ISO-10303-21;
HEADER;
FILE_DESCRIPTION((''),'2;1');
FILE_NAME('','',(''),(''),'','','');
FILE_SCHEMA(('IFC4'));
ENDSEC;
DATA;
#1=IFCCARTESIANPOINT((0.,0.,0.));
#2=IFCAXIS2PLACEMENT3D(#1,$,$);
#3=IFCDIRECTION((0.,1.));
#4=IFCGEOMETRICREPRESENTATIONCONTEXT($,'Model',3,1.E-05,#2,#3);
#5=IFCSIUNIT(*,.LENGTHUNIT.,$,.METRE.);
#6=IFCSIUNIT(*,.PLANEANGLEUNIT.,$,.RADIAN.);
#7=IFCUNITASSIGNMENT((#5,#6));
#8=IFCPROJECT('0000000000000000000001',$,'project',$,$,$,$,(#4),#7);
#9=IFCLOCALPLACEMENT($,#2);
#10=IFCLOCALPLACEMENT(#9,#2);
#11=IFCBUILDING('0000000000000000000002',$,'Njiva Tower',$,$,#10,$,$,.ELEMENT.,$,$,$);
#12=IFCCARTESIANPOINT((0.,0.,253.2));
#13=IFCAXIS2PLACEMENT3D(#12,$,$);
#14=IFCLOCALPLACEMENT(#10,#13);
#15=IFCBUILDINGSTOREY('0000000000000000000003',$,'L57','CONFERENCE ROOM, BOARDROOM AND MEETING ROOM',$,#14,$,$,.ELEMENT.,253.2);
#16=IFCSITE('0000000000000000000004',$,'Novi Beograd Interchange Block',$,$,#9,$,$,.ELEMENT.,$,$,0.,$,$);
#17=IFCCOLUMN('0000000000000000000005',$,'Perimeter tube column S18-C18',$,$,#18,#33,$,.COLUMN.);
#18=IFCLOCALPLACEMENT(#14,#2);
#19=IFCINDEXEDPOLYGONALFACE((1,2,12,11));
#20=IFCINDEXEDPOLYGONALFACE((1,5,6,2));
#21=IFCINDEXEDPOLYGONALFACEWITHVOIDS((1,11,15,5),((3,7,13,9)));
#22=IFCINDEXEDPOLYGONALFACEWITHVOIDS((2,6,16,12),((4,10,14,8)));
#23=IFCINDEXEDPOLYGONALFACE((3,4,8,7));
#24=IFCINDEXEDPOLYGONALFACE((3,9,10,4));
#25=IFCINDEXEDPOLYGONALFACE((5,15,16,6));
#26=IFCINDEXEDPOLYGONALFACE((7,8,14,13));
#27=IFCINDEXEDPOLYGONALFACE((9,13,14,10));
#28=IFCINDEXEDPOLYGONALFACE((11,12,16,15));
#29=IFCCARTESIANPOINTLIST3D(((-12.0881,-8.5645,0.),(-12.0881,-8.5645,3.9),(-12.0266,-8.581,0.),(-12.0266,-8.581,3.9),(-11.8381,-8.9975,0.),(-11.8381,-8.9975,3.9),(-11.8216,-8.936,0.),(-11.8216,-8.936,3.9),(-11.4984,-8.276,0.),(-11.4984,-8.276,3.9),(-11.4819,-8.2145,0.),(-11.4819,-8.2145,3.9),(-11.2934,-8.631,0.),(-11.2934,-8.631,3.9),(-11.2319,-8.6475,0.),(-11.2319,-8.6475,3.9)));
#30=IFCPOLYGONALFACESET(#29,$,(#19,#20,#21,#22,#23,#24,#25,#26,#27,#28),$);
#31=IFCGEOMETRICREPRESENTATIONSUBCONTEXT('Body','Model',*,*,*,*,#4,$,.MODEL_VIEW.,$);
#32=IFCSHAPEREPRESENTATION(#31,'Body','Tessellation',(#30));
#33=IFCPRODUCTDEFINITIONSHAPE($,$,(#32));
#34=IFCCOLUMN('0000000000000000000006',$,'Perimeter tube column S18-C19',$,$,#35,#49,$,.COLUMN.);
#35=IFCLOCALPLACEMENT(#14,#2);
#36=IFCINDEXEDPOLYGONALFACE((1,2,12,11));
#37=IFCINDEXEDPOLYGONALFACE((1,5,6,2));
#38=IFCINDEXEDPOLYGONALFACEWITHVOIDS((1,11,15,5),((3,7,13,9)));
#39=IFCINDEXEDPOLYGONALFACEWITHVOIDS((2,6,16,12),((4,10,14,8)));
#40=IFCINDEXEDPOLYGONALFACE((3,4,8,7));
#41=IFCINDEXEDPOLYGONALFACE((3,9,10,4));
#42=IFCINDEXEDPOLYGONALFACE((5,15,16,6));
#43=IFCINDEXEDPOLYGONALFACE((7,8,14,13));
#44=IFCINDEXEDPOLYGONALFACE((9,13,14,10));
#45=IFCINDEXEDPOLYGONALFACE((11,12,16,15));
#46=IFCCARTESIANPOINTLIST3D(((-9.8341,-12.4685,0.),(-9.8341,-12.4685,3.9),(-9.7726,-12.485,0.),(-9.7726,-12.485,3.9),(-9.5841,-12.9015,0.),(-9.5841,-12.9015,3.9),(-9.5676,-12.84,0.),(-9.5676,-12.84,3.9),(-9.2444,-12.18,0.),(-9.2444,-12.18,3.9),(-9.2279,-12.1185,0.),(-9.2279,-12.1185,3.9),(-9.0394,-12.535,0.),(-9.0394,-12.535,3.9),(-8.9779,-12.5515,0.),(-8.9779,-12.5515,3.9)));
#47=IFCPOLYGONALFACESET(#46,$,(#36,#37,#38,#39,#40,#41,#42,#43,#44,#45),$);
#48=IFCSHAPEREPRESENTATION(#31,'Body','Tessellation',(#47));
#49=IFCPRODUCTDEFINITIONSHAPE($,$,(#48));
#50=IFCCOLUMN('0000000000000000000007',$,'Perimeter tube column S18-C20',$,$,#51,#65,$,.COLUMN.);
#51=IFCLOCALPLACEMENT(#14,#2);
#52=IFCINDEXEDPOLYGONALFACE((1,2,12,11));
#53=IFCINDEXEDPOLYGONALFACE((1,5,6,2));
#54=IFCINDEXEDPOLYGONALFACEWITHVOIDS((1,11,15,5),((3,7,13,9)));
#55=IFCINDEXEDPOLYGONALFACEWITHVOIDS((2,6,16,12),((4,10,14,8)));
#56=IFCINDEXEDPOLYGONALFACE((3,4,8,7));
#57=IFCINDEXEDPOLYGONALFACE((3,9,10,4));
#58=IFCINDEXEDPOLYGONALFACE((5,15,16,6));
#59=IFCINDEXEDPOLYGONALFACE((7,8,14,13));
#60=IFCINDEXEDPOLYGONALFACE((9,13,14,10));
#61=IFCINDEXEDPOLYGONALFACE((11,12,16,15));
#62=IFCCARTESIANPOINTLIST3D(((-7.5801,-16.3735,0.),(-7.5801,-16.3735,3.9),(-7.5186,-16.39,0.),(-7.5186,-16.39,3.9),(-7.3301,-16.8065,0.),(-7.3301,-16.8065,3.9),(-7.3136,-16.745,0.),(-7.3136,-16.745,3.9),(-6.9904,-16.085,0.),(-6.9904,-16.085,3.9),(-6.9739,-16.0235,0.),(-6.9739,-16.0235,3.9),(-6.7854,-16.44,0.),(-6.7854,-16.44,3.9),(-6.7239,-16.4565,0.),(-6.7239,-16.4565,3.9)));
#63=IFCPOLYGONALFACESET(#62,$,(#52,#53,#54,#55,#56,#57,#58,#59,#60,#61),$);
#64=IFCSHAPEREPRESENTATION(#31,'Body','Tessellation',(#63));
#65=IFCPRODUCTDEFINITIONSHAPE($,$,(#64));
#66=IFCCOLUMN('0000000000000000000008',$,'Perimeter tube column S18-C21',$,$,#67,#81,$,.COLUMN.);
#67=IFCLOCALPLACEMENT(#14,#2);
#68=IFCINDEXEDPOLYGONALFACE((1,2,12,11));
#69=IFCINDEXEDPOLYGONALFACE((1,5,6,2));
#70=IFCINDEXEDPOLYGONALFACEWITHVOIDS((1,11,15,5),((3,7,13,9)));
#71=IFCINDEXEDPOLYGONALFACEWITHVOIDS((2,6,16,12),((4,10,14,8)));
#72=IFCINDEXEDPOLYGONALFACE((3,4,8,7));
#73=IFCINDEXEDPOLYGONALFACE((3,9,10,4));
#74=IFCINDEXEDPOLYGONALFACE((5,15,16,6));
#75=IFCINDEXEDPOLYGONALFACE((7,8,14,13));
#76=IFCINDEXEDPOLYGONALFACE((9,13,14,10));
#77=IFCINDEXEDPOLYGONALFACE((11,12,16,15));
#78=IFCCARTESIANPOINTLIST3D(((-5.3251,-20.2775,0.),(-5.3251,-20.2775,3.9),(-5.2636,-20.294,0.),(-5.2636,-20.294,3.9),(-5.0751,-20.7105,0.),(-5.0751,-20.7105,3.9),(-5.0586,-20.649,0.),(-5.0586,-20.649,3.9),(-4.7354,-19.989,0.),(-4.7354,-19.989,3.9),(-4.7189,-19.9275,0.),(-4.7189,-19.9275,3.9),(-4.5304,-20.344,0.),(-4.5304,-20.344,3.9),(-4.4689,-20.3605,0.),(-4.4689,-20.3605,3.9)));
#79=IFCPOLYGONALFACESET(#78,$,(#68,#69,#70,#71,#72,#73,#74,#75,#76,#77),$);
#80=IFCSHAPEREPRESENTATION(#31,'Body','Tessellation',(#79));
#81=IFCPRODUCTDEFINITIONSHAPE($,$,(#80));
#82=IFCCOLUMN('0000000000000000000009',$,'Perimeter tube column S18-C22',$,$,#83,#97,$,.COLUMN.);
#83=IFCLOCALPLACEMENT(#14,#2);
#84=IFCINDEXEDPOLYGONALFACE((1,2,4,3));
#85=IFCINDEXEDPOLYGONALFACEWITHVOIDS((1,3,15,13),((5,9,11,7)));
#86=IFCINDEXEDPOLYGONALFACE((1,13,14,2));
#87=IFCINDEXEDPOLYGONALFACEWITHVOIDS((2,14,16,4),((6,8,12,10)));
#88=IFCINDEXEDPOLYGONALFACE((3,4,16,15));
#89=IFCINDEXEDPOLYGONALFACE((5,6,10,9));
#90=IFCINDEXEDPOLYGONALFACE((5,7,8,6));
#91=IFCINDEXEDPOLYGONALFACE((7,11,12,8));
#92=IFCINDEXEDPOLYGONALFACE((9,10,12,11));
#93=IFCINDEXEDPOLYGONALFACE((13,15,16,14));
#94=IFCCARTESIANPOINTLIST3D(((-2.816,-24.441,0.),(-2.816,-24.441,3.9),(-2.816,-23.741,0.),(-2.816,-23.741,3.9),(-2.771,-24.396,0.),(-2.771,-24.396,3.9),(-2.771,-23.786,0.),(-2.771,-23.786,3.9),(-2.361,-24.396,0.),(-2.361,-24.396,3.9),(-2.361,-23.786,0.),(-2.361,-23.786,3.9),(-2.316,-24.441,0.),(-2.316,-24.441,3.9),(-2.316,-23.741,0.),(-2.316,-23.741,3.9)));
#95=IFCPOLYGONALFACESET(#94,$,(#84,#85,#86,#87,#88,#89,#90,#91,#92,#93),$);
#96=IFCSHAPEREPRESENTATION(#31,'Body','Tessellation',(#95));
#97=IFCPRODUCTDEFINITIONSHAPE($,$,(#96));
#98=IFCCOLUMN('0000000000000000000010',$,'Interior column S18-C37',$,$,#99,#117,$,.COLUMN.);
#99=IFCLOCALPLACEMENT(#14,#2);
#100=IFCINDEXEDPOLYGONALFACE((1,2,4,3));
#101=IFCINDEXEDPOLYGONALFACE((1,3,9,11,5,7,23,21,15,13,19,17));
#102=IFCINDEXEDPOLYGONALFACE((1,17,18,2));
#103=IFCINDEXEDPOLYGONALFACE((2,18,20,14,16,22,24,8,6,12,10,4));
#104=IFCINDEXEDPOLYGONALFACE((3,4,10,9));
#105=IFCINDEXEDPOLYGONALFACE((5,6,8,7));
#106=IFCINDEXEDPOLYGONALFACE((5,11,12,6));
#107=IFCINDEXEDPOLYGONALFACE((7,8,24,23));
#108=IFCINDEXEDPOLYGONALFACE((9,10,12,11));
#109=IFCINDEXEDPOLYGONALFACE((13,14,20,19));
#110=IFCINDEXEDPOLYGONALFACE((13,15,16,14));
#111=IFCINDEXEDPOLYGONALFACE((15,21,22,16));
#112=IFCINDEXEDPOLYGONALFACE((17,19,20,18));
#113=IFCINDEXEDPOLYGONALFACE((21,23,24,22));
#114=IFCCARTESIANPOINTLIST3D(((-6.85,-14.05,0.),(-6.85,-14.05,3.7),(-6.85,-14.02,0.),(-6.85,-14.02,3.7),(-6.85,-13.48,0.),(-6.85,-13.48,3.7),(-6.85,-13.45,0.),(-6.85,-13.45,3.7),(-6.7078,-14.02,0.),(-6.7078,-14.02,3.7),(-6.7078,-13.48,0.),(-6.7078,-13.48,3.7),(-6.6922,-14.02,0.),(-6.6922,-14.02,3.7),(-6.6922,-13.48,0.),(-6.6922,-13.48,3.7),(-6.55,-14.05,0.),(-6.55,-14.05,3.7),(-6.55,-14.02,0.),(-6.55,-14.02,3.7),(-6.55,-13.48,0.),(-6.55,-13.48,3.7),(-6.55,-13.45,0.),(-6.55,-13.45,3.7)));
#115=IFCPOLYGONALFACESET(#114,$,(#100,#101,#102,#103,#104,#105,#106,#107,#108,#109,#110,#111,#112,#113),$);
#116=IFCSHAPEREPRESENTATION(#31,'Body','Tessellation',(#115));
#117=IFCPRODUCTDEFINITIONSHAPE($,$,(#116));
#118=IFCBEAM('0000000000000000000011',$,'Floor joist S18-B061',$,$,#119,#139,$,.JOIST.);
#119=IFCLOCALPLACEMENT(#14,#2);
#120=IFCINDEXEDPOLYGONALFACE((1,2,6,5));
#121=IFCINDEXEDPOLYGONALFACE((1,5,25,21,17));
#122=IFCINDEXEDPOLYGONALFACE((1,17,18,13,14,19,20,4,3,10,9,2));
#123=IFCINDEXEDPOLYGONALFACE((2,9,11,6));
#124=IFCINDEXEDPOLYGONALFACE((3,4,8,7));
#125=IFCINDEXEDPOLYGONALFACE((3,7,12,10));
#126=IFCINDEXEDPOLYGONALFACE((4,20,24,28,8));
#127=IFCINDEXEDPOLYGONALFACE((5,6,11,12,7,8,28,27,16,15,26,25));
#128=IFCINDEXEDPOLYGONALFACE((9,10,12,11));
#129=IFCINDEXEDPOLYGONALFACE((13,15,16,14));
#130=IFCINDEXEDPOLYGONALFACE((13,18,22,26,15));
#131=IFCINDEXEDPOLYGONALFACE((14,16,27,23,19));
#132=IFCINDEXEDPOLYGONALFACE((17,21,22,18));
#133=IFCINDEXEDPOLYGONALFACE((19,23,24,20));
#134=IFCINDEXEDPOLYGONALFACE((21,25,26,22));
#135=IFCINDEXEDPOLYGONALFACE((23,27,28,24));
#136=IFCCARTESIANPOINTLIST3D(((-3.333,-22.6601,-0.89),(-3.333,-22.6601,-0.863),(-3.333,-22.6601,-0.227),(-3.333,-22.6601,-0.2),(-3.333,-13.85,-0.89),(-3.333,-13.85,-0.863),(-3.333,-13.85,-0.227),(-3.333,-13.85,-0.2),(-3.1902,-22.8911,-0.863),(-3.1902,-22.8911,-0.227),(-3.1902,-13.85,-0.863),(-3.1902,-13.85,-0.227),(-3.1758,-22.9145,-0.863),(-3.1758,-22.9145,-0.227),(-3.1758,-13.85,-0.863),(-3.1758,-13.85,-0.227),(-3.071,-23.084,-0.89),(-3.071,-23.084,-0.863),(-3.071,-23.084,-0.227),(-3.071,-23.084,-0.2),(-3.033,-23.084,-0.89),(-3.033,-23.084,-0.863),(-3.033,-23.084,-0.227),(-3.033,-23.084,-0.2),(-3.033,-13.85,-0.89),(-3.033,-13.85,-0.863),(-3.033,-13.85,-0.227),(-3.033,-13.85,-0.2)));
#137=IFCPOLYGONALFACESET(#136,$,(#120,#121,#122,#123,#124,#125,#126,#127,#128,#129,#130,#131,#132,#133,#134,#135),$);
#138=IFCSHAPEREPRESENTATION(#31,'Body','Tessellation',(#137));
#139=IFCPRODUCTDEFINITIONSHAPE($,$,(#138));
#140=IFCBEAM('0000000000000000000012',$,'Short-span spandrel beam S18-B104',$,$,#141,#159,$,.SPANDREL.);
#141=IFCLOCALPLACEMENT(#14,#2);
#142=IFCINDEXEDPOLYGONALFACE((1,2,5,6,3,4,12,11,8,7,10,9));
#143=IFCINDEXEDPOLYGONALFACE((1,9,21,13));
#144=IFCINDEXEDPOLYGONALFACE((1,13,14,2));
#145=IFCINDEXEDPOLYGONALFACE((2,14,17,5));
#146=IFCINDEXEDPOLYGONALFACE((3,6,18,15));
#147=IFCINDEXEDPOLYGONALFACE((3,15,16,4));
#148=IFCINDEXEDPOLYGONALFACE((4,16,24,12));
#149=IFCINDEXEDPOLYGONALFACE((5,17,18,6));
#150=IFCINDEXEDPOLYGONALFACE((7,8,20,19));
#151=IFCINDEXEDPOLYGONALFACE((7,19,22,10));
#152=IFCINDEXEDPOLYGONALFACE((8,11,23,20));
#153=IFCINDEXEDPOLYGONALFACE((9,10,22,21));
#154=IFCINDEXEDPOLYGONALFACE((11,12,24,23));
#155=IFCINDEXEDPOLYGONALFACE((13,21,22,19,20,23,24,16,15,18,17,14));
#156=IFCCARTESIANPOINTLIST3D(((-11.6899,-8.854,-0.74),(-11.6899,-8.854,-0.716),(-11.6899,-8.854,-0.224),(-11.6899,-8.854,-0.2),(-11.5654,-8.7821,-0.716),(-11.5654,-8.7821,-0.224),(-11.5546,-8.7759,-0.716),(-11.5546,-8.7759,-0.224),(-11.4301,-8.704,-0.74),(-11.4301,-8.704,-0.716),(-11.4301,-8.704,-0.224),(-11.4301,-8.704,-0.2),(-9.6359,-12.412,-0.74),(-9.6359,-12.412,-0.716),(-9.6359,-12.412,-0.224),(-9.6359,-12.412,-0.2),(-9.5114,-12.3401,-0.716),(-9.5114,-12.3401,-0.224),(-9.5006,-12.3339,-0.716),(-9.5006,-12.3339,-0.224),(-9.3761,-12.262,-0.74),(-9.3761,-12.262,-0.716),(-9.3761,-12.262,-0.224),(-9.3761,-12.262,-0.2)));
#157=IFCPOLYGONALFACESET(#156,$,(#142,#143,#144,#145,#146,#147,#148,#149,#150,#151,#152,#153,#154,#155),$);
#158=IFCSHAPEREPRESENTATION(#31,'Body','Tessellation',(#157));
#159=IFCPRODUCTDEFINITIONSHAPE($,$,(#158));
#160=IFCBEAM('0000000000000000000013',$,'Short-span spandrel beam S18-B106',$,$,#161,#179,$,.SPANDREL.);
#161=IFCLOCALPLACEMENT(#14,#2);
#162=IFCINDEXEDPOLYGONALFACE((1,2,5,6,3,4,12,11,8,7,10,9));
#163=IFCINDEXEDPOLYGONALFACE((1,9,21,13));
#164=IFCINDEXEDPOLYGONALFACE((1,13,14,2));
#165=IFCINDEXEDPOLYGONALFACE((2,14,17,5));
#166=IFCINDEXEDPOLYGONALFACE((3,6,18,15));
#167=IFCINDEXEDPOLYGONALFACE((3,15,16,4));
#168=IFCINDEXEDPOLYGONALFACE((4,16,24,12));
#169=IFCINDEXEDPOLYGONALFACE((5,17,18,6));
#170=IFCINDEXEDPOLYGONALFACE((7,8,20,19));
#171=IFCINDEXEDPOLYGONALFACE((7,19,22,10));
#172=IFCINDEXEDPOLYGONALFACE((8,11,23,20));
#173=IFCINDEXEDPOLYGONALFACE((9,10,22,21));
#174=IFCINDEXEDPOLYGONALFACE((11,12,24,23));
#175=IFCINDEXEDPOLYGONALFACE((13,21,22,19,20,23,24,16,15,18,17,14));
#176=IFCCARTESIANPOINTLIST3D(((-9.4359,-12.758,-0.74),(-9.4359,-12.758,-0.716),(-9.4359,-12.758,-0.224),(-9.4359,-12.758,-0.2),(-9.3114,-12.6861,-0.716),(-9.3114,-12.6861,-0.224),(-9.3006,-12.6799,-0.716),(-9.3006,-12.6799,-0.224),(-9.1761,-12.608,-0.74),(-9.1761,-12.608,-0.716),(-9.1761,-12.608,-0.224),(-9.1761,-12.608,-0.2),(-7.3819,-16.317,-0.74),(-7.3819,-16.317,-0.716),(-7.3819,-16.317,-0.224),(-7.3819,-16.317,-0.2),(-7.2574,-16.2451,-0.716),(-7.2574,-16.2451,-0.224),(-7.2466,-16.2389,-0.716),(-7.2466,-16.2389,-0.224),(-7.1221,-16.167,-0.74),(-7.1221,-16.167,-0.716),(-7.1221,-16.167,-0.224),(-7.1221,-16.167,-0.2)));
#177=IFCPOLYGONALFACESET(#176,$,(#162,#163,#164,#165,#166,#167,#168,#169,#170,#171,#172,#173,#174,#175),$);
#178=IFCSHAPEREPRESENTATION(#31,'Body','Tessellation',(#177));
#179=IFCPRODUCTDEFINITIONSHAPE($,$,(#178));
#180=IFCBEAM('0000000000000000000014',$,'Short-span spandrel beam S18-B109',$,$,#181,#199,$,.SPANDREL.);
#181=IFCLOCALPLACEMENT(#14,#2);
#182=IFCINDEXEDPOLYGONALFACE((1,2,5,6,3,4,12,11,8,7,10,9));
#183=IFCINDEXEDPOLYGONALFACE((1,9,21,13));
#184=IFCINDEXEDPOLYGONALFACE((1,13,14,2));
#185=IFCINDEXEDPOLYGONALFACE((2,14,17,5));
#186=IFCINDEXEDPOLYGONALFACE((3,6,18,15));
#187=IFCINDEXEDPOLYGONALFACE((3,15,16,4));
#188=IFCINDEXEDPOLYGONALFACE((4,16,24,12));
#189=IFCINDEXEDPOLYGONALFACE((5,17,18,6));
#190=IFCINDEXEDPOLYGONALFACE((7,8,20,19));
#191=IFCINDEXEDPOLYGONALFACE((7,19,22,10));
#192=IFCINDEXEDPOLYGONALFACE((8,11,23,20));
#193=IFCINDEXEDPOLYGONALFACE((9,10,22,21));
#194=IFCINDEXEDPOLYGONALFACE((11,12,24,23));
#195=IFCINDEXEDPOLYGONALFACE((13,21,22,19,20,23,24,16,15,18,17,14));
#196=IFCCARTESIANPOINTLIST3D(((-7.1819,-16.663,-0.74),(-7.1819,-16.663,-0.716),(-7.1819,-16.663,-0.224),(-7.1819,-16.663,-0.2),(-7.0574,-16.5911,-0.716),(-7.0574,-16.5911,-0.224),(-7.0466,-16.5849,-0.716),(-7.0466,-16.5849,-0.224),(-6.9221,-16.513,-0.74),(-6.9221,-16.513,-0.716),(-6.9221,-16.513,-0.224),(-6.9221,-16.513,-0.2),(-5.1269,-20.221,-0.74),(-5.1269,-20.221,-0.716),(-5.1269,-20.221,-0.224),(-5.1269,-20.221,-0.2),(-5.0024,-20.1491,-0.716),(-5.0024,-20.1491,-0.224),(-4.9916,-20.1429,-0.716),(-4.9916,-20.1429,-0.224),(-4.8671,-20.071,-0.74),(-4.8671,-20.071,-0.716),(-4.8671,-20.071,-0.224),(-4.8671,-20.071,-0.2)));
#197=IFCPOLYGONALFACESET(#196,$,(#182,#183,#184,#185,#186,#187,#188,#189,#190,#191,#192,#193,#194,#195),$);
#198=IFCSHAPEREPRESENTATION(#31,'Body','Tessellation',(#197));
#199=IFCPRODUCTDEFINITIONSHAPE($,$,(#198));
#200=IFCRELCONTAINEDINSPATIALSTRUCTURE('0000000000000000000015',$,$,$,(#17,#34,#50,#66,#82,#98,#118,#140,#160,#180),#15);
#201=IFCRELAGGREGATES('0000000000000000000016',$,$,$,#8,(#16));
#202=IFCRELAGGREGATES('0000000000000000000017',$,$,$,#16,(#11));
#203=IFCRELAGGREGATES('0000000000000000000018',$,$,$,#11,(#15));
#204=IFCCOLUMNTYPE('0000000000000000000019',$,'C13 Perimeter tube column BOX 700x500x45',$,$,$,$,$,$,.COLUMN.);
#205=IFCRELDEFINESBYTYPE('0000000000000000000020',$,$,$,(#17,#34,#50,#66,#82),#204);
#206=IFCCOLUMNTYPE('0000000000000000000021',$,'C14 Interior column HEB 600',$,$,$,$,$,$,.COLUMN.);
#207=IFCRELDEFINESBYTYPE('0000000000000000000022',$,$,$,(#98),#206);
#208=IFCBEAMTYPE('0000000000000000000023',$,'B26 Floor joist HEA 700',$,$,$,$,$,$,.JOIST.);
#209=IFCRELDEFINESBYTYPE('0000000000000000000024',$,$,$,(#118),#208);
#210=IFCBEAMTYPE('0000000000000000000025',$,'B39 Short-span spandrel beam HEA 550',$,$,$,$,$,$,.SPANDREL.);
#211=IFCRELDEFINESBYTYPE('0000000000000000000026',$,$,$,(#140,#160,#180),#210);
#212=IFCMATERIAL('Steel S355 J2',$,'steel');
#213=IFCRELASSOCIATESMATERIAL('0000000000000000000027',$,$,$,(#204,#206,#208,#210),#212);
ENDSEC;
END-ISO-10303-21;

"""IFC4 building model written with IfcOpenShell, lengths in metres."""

from ifc_helpers import new_model, si_unit, direction, frame, origin, origin_2d, place, context, subcontext, project, spatial, hollow_rectangle, i_section, extrude, clip, halfspace, material, material_profile, profile_set, type_object, element, save


model = new_model("IFC4")

# Units and contexts
model_context = context("Model", 3, precision=1e-05, world=origin(), true_north=direction((0.0, 1.0)))
body_context = subcontext(model_context, "Body", "Model", "MODEL_VIEW")
ifc_project = project(units=[si_unit("LENGTHUNIT", "METRE"), si_unit("PLANEANGLEUNIT", "RADIAN")], contexts=[model_context])

# Site, building, storey
site_placement = place(None, origin())
site = spatial("IfcSite", under=ifc_project, at=site_placement, Name="Novi Beograd Interchange Block", CompositionType="ELEMENT", RefElevation=0.0)
building_placement = place(site_placement, origin())
building = spatial("IfcBuilding", under=site, at=building_placement, Name="Njiva Tower", CompositionType="ELEMENT")
storey_placement = place(building_placement, frame((0.0, 0.0, 253.2)))
storey = spatial("IfcBuildingStorey", under=building, at=storey_placement, Name="L57", Description="CONFERENCE ROOM, BOARDROOM AND MEETING ROOM", CompositionType="ELEMENT", Elevation=253.2)

# Columns
ifc_material_1 = material(Name="Steel S355 J2", Category="steel")
ifc_material_profile_1 = material_profile(ifc_material_1, hollow_rectangle(XDim=0.5, YDim=0.7, WallThickness=0.045, at=origin_2d()), Name="BOX 700x500x45")
ifc_profile_set_1 = profile_set([ifc_material_profile_1], Name="Steel S355 J2")
column_type_1 = type_object("IfcColumnType", Name="C13 Perimeter tube column BOX 700x500x45", PredefinedType="COLUMN", material=ifc_profile_set_1)
for number, where, z_axis, x_axis, name in (
    (1, (-11.66, -8.606, 0.0), (0.0, 0.0, 1.0), (0.5, -0.866025, 0.0), "Perimeter tube column S18-C18"),
    (2, (-9.406, -12.51, 0.0), (0.0, 0.0, 1.0), (0.5, -0.866025, 0.0), "Perimeter tube column S18-C19"),
    (3, (-7.152, -16.415, 0.0), (0.0, 0.0, 1.0), (0.5, -0.866025, 0.0), "Perimeter tube column S18-C20"),
    (4, (-4.897, -20.319, 0.0), (0.0, 0.0, 1.0), (0.5, -0.866025, 0.0), "Perimeter tube column S18-C21"),
    (5, (-2.566, -24.091, 0.0), (0.0, 0.0, 1.0), (1.0, 0.0, 0.0), "Perimeter tube column S18-C22"),
):
    element("IfcColumn", number, at=place(storey_placement, frame(where, z_axis=z_axis, x_axis=x_axis)), inside=storey, type_object=column_type_1, Name=name, PredefinedType="COLUMN", context=body_context, shape_type="SweptSolid", body=[
        extrude(hollow_rectangle(XDim=0.5, YDim=0.7, WallThickness=0.045, at=origin_2d()), origin(), (0.0, 0.0, 1.0), 3.9),
    ])
ifc_material_profile_2 = material_profile(ifc_material_1, i_section(OverallWidth=0.3, OverallDepth=0.6, WebThickness=0.0155, FlangeThickness=0.03, at=origin_2d()), Name="HEB 600")
ifc_profile_set_2 = profile_set([ifc_material_profile_2], Name="Steel S355 J2")
column_type_2 = type_object("IfcColumnType", Name="C14 Interior column HEB 600", PredefinedType="COLUMN", material=ifc_profile_set_2)
column_placement = place(storey_placement, frame((-6.7, -13.75, 0.0), z_axis=(0.0, 0.0, 1.0), x_axis=(1.0, 0.0, 0.0)))
element("IfcColumn", 6, at=column_placement, inside=storey, type_object=column_type_2, Name="Interior column S18-C37", PredefinedType="COLUMN", context=body_context, shape_type="SweptSolid", body=[
    extrude(i_section(OverallWidth=0.3, OverallDepth=0.6, WebThickness=0.0155, FlangeThickness=0.03, at=origin_2d()), origin(), (0.0, 0.0, 1.0), 3.7),
])

# Beams
ifc_material_profile_3 = material_profile(ifc_material_1, i_section(OverallWidth=0.3, OverallDepth=0.69, WebThickness=0.0145, FlangeThickness=0.027, at=origin_2d()), Name="HEA 700")
ifc_profile_set_3 = profile_set([ifc_material_profile_3], Name="Steel S355 J2")
beam_type_1 = type_object("IfcBeamType", Name="B26 Floor joist HEA 700", PredefinedType="JOIST", material=ifc_profile_set_3)
beam_1_placement = place(storey_placement, frame((-3.183, -13.85, -0.545), z_axis=(0.0, -1.0, 0.0), x_axis=(1.0, 0.0, 0.0)))
element("IfcBeam", 7, at=beam_1_placement, inside=storey, type_object=beam_type_1, Name="Floor joist S18-B061", PredefinedType="JOIST", context=body_context, shape_type="Clipping", body=[
    clip(extrude(i_section(OverallWidth=0.3, OverallDepth=0.69, WebThickness=0.0145, FlangeThickness=0.027, at=origin_2d()), origin(), (0.0, 0.0, 1.0), 9.234), halfspace(frame((-0.0429, 0.0, 8.9834), z_axis=(-0.850625, 0.0, 0.525773), x_axis=(0.0, 1.0, 0.0)), False)),
])
ifc_material_profile_4 = material_profile(ifc_material_1, i_section(OverallWidth=0.3, OverallDepth=0.54, WebThickness=0.0125, FlangeThickness=0.024, at=origin_2d()), Name="HEA 550")
ifc_profile_set_4 = profile_set([ifc_material_profile_4], Name="Steel S355 J2")
beam_type_2 = type_object("IfcBeamType", Name="B39 Short-span spandrel beam HEA 550", PredefinedType="SPANDREL", material=ifc_profile_set_4)
beam_2_placement = place(storey_placement, frame((-11.56, -8.779, -0.47), z_axis=(0.499961, -0.866048, 0.0), x_axis=(0.866048, 0.499961, 0.0)))
element("IfcBeam", 8, at=beam_2_placement, inside=storey, type_object=beam_type_2, Name="Short-span spandrel beam S18-B104", PredefinedType="SPANDREL", context=body_context, shape_type="SweptSolid", body=[
    extrude(i_section(OverallWidth=0.3, OverallDepth=0.54, WebThickness=0.0125, FlangeThickness=0.024, at=origin_2d()), origin(), (0.0, 0.0, 1.0), 4.1083),
])
beam_3_placement = place(storey_placement, frame((-9.306, -12.683, -0.47), z_axis=(0.499856, -0.866109, 0.0), x_axis=(0.866109, 0.499856, 0.0)))
element("IfcBeam", 9, at=beam_3_placement, inside=storey, type_object=beam_type_2, Name="Short-span spandrel beam S18-B106", PredefinedType="SPANDREL", context=body_context, shape_type="SweptSolid", body=[
    extrude(i_section(OverallWidth=0.3, OverallDepth=0.54, WebThickness=0.0125, FlangeThickness=0.024, at=origin_2d()), origin(), (0.0, 0.0, 1.0), 4.1092),
])
beam_4_placement = place(storey_placement, frame((-7.052, -16.588, -0.47), z_axis=(0.500144, -0.865942, 0.0), x_axis=(0.865942, 0.500144, 0.0)))
element("IfcBeam", 10, at=beam_4_placement, inside=storey, type_object=beam_type_2, Name="Short-span spandrel beam S18-B109", PredefinedType="SPANDREL", context=body_context, shape_type="SweptSolid", body=[
    extrude(i_section(OverallWidth=0.3, OverallDepth=0.54, WebThickness=0.0125, FlangeThickness=0.024, at=origin_2d()), origin(), (0.0, 0.0, 1.0), 4.1088),
])

save(model, "model.ifc")
